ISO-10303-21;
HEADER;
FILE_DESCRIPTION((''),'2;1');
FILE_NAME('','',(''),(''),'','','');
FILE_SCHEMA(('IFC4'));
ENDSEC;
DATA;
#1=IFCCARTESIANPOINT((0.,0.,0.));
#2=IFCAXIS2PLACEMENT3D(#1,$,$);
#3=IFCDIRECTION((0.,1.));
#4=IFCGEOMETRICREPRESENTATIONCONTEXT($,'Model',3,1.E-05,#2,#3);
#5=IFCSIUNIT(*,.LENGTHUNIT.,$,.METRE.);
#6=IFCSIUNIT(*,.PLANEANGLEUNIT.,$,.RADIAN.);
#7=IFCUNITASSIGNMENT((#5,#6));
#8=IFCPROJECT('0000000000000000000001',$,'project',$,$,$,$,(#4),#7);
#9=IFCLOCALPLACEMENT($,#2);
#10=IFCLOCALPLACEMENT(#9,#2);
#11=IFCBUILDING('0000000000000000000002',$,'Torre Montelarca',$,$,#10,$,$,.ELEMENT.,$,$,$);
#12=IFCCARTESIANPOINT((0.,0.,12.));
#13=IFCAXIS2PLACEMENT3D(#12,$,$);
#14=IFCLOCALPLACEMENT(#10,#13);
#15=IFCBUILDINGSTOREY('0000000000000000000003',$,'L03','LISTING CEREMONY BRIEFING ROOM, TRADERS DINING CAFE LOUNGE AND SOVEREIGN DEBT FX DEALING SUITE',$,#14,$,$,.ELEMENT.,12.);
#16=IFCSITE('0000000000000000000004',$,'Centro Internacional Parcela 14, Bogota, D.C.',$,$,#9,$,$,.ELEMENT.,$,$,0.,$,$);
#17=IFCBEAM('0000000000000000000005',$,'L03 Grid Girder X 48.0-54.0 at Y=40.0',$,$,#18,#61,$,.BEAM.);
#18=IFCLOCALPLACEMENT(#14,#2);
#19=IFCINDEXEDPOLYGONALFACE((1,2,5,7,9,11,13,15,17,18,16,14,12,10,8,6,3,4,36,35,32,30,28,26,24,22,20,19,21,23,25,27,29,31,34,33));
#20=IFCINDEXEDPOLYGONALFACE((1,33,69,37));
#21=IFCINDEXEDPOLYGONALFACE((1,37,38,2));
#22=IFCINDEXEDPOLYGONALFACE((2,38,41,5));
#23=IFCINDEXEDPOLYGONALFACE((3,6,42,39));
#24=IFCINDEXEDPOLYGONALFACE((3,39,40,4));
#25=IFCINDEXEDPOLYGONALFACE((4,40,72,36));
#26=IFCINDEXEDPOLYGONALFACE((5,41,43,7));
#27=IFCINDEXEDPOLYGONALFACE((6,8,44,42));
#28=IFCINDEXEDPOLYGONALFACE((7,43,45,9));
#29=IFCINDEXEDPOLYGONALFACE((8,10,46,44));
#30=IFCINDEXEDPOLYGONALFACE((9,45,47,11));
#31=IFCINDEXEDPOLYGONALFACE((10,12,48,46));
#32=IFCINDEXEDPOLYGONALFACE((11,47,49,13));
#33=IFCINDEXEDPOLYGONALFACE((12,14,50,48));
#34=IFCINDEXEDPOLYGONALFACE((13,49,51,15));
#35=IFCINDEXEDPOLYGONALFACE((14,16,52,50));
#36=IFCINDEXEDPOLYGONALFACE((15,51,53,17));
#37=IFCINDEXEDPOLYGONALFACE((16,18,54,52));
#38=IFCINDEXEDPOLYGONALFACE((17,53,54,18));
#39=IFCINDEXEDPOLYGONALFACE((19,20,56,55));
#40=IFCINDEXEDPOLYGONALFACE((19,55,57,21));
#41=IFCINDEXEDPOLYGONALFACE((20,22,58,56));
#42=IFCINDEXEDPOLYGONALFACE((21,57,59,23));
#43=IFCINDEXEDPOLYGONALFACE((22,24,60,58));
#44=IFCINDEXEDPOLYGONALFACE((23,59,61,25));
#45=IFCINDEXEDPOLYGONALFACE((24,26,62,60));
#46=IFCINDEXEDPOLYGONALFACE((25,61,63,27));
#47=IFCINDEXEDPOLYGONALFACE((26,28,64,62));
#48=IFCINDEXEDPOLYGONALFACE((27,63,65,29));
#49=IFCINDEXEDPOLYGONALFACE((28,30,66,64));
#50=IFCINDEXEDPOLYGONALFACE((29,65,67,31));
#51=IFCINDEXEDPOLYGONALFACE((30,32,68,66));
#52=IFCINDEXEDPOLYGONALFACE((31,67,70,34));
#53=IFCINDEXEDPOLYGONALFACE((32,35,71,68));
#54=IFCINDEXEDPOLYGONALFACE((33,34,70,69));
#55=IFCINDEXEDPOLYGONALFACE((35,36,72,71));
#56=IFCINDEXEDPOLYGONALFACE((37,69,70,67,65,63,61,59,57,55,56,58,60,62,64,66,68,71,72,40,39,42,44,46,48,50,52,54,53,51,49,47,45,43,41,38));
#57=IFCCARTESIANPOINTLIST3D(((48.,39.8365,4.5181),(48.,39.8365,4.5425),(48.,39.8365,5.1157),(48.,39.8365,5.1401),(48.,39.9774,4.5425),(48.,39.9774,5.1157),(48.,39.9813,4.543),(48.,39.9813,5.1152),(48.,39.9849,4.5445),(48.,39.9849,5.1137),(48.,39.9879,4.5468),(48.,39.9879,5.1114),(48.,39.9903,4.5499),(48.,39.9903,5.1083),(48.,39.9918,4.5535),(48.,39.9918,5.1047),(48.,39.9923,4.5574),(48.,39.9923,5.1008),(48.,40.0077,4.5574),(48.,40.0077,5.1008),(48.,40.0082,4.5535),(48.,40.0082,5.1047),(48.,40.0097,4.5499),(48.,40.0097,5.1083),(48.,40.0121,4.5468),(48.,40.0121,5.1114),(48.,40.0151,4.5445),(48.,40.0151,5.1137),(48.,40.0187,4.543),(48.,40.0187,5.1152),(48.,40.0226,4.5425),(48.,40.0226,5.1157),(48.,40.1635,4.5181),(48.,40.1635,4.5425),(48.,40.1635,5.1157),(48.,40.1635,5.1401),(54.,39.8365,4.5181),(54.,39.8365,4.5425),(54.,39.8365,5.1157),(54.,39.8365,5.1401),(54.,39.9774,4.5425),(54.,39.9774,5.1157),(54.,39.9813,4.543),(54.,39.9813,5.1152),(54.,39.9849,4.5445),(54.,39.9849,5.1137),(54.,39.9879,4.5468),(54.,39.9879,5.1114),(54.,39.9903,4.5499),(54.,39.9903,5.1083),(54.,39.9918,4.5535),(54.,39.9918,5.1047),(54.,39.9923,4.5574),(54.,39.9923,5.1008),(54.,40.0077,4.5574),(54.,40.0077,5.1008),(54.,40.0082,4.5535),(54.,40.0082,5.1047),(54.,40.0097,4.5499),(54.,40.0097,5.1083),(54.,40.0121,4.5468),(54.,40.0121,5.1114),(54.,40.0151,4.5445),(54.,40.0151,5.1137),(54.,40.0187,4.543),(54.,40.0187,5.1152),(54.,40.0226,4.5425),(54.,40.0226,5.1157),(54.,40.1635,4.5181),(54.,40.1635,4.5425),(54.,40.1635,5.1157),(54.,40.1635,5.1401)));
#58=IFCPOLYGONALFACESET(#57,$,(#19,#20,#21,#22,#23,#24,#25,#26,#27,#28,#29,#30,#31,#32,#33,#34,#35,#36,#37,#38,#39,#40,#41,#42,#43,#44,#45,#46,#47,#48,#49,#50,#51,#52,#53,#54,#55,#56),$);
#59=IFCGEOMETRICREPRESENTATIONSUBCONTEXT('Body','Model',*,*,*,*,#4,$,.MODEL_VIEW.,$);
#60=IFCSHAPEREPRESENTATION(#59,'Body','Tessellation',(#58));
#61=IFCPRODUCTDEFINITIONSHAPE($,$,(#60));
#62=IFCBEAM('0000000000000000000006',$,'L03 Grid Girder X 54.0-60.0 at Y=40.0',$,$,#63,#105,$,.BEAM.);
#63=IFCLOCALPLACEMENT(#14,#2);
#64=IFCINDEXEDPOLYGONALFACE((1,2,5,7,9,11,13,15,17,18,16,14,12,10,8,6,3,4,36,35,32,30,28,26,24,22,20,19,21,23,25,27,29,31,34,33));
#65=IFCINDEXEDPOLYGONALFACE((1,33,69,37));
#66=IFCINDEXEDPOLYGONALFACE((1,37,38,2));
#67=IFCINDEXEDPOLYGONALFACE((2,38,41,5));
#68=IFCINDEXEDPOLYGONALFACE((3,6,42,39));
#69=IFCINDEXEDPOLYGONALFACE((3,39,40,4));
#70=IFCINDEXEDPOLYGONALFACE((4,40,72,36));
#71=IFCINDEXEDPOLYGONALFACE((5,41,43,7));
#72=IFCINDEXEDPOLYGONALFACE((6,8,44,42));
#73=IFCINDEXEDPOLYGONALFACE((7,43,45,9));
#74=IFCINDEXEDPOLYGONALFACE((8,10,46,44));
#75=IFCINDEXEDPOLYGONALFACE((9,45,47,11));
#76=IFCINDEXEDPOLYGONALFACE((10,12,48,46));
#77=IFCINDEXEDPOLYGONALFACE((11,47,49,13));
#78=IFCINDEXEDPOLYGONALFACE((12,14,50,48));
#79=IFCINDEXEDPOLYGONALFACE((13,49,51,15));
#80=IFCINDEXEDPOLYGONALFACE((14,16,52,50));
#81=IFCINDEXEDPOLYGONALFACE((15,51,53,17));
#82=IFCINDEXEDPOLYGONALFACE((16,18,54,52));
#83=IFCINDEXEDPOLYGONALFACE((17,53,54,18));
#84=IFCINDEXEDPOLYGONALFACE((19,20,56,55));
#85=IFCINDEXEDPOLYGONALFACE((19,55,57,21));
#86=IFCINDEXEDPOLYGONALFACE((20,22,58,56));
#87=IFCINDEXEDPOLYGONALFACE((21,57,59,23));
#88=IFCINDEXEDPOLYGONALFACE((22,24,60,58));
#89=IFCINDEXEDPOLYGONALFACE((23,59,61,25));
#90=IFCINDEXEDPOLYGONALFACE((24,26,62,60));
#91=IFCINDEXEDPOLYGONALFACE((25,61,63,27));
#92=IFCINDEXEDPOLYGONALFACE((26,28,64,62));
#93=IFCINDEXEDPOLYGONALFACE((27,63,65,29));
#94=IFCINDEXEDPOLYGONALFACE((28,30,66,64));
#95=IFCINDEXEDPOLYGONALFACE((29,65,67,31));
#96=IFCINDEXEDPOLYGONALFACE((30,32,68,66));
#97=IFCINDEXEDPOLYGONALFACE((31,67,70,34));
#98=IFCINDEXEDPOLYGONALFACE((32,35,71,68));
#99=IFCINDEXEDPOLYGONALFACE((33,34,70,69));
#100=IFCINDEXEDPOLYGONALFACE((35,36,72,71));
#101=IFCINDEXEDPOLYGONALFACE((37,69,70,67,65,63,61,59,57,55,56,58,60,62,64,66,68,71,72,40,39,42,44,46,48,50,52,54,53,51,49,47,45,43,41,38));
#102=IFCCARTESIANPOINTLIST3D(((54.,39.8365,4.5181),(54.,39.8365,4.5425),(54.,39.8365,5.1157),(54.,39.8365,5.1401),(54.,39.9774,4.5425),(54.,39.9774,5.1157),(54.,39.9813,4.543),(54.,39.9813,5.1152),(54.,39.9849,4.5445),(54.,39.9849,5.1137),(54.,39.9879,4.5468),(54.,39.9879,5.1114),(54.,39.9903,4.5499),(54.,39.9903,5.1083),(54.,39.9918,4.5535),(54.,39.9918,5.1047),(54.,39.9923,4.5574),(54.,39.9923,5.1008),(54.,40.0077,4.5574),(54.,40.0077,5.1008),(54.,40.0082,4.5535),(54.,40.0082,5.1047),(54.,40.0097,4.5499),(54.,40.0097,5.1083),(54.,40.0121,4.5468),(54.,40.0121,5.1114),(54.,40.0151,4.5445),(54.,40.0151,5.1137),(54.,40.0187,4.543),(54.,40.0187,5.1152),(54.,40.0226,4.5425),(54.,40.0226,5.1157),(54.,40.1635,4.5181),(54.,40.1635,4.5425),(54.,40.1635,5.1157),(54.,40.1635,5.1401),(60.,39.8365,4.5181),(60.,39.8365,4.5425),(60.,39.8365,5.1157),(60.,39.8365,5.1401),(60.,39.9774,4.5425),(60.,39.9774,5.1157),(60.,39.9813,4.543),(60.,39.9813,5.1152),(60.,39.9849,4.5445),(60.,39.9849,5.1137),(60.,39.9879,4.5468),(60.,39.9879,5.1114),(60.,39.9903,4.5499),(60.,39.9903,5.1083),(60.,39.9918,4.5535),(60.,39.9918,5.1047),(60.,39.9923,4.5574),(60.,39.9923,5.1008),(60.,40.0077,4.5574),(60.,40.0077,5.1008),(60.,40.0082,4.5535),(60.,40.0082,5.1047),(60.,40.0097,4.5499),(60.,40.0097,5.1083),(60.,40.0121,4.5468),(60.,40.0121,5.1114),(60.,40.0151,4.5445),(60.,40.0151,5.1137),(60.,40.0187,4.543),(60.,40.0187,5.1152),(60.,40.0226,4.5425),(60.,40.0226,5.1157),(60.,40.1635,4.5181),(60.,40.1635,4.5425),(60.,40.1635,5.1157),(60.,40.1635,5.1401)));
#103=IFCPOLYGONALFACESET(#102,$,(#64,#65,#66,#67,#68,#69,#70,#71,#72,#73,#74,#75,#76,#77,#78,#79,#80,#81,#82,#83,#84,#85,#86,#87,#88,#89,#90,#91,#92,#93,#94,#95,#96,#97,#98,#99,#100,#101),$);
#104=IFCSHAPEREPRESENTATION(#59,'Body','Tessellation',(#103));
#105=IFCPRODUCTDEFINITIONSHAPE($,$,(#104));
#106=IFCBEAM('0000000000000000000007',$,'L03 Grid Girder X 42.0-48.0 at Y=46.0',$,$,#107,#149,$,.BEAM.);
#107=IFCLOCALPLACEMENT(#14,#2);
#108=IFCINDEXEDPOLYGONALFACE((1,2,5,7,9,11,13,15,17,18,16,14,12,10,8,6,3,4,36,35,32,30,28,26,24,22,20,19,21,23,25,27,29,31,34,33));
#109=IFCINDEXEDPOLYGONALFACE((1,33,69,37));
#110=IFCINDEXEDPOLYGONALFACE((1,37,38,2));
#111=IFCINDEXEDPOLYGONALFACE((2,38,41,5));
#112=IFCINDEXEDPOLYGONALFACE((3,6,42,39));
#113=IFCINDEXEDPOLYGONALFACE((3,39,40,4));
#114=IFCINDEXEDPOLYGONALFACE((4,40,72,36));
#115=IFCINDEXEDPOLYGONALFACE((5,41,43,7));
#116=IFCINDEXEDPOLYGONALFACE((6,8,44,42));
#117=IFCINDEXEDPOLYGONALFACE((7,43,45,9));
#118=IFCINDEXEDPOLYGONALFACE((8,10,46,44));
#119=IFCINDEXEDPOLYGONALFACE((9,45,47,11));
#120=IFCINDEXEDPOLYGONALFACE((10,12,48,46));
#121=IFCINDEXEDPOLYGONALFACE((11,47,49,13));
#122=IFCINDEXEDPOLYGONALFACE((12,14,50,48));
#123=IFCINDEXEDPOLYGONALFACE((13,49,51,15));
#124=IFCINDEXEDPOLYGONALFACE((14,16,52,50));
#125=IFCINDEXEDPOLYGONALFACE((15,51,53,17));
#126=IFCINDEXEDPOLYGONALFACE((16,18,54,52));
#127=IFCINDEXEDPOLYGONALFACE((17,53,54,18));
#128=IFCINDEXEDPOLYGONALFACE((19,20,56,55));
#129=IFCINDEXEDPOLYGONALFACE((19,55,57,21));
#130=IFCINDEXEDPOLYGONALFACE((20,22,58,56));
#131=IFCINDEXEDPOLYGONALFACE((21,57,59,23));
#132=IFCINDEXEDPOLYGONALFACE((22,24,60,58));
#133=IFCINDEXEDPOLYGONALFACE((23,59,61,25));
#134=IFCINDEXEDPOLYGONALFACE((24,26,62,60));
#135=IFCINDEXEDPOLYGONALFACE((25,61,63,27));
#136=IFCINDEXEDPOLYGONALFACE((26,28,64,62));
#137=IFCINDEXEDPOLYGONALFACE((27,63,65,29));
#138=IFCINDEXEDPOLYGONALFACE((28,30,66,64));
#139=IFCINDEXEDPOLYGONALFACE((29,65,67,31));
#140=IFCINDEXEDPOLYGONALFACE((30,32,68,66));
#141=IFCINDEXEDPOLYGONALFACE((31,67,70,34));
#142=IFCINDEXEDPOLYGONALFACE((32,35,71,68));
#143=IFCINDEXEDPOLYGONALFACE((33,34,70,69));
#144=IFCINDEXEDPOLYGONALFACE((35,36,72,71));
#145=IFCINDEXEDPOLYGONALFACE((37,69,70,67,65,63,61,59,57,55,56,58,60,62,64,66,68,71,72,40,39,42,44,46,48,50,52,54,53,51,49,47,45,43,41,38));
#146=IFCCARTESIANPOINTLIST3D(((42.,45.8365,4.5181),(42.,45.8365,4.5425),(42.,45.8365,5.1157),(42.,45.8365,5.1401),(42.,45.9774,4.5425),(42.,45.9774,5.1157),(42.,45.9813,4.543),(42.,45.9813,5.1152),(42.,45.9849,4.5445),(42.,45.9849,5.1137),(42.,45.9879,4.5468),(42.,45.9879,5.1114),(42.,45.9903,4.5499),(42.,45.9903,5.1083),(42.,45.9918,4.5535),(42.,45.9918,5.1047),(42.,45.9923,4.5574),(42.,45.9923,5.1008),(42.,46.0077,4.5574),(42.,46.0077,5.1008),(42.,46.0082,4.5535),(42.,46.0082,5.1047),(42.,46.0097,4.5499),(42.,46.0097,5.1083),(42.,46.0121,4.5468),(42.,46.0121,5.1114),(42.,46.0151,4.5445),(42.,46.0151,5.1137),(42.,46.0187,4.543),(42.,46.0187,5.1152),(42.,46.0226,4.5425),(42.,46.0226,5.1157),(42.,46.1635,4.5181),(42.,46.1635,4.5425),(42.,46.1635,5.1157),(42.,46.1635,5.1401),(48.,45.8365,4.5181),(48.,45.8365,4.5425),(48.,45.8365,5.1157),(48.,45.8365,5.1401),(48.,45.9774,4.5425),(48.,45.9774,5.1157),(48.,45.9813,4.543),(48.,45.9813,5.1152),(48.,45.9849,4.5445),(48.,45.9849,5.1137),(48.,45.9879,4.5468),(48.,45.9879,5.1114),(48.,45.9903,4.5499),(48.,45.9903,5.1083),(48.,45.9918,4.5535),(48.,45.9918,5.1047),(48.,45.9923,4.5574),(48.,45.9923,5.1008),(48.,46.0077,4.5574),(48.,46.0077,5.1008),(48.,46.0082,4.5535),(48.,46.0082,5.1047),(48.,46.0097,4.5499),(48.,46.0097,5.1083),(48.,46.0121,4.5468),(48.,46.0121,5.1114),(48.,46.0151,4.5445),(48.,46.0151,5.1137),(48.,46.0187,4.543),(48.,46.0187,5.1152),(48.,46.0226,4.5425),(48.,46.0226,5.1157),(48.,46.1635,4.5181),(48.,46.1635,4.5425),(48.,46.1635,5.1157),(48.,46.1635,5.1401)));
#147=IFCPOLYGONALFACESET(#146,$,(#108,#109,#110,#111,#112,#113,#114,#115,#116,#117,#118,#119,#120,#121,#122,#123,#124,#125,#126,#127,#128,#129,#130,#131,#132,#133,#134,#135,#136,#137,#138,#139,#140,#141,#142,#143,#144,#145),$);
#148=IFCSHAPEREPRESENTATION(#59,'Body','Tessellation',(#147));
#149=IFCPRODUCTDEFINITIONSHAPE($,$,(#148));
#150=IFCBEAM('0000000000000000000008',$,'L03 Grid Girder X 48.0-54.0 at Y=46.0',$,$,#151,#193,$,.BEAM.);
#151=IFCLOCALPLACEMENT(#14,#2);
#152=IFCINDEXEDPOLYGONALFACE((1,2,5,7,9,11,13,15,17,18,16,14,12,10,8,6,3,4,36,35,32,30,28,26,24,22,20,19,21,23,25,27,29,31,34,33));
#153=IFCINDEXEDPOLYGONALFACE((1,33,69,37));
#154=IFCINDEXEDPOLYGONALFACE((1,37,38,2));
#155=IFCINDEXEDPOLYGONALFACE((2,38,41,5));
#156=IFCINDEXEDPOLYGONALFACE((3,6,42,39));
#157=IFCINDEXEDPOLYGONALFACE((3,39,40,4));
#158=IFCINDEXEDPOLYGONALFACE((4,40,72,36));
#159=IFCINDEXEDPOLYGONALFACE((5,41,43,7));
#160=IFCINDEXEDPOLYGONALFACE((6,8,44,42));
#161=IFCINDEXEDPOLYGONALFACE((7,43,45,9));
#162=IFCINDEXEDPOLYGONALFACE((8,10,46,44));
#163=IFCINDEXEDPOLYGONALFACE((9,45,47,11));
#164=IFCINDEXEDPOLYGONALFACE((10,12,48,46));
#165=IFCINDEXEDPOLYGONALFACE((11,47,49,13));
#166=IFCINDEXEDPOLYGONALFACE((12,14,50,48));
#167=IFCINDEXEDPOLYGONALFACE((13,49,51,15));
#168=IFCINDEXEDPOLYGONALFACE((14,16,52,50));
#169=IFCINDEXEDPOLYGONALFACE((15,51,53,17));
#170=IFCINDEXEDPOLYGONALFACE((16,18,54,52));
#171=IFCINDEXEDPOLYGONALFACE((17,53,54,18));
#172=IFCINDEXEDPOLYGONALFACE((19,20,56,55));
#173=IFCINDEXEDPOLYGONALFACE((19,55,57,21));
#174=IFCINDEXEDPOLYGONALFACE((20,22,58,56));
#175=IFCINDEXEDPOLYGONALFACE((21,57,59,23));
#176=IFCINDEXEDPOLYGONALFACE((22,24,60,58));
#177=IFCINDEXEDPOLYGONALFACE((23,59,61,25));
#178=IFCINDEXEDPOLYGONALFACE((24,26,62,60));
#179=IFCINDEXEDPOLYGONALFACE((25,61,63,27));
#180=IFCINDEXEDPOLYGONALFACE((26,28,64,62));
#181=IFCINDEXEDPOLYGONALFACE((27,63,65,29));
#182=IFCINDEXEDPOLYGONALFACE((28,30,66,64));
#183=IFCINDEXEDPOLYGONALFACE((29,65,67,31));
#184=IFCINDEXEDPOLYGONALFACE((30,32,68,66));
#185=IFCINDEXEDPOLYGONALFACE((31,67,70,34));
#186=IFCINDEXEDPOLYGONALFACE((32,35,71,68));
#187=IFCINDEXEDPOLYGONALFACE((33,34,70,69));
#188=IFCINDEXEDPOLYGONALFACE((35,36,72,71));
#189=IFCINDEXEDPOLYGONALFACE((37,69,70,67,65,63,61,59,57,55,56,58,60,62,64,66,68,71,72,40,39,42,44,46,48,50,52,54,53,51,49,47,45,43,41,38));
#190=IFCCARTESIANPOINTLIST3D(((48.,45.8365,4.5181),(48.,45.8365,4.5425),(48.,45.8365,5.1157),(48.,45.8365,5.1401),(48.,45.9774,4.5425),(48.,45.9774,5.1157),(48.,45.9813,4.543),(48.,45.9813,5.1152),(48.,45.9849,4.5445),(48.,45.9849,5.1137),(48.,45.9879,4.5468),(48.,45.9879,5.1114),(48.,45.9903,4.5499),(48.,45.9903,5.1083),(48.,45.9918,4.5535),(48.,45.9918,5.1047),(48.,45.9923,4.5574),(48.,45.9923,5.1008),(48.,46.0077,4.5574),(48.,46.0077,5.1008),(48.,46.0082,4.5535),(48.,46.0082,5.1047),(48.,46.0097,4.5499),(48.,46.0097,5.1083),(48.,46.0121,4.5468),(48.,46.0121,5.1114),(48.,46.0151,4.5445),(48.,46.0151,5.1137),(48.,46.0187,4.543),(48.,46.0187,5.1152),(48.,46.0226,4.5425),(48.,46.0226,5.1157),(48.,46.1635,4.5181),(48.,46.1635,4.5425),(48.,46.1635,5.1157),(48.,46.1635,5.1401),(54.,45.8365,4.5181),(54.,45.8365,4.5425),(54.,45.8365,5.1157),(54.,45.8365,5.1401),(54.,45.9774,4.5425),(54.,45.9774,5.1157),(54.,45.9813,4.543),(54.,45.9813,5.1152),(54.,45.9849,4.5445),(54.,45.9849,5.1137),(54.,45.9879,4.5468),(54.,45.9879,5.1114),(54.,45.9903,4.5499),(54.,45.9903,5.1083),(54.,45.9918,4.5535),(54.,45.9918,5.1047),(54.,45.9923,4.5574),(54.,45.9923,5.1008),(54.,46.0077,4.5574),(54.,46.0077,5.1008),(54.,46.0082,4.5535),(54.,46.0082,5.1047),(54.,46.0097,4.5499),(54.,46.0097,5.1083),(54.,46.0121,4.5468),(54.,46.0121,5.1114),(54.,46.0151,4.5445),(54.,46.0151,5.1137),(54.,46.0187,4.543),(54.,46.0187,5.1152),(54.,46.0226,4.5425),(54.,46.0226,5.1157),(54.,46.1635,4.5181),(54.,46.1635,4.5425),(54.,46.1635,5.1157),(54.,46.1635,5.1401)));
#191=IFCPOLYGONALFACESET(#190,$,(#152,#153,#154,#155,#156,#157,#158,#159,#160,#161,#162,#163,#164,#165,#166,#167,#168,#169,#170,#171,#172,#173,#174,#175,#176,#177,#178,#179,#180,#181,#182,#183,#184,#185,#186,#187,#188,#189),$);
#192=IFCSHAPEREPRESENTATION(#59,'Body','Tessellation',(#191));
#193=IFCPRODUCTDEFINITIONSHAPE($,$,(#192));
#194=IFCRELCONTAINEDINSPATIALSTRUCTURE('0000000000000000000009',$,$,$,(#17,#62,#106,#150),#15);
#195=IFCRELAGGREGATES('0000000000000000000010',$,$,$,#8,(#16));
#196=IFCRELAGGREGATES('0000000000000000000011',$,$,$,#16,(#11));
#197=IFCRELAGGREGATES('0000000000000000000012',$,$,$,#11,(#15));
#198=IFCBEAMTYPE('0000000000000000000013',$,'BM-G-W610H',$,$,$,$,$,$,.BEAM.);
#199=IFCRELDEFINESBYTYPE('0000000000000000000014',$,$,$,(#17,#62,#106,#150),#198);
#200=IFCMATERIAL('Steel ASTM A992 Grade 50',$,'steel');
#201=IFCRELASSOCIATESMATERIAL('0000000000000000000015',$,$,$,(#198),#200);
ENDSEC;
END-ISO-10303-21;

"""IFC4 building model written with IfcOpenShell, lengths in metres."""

from ifc_helpers import new_model, si_unit, direction, frame, origin, origin_2d, place, context, subcontext, project, spatial, i_section, extrude, source, transform, mapped, material, material_profile, profile_set, type_object, element, save


model = new_model("IFC4")

# Units and contexts
model_context = context("Model", 3, precision=1e-05, world=origin(), true_north=direction((0.0, 1.0)))
body_context = subcontext(model_context, "Body", "Model", "MODEL_VIEW")
ifc_project = project(units=[si_unit("LENGTHUNIT", "METRE"), si_unit("PLANEANGLEUNIT", "RADIAN")], contexts=[model_context])

# Site, building, storey
site_placement = place(None, origin())
site = spatial("IfcSite", under=ifc_project, at=site_placement, Name="Centro Internacional Parcela 14, Bogota, D.C.", CompositionType="ELEMENT", RefElevation=0.0)
building_placement = place(site_placement, origin())
building = spatial("IfcBuilding", under=site, at=building_placement, Name="Torre Montelarca", CompositionType="ELEMENT")
storey_placement = place(building_placement, frame((0.0, 0.0, 12.0)))
storey = spatial("IfcBuildingStorey", under=building, at=storey_placement, Name="L03", Description="LISTING CEREMONY BRIEFING ROOM, TRADERS DINING CAFE LOUNGE AND SOVEREIGN DEBT FX DEALING SUITE", CompositionType="ELEMENT", Elevation=12.0)

# Shared definitions
ifc_material_1 = material(Name="Steel ASTM A992 Grade 50", Category="steel")

# Beams
ifc_material_profile_1 = material_profile(ifc_material_1, i_section(OverallWidth=0.3269, OverallDepth=0.6221, WebThickness=0.0154, FlangeThickness=0.0244, FilletRadius=0.0149, at=origin_2d()), Name="W610X195", Category="steel")
ifc_profile_set_1 = profile_set([ifc_material_profile_1], Name="Steel ASTM A992 Grade 50")
beam_type_1 = type_object("IfcBeamType", Name="BM-G-W610H", PredefinedType="BEAM", material=ifc_profile_set_1)
shared_shape_1 = source(origin(), body_context, "Body", "SweptSolid", [
    extrude(i_section(OverallWidth=0.3269, OverallDepth=0.6221, WebThickness=0.0154, FlangeThickness=0.0244, FilletRadius=0.0149, at=origin_2d()), origin(), (0.0, 0.0, 1.0), 6.0),
])
for number, where, z_axis, x_axis, name in (
    (1, (48.0, 40.0, 4.8291), (1.0, 0.0, 0.0), (0.0, 1.0, 0.0), "L03 Grid Girder X 48.0-54.0 at Y=40.0"),
    (2, (54.0, 40.0, 4.8291), (1.0, 0.0, 0.0), (0.0, 1.0, 0.0), "L03 Grid Girder X 54.0-60.0 at Y=40.0"),
    (3, (42.0, 46.0, 4.8291), (1.0, 0.0, 0.0), (0.0, 1.0, 0.0), "L03 Grid Girder X 42.0-48.0 at Y=46.0"),
    (4, (48.0, 46.0, 4.8291), (1.0, 0.0, 0.0), (0.0, 1.0, 0.0), "L03 Grid Girder X 48.0-54.0 at Y=46.0"),
):
    element("IfcBeam", number, at=place(storey_placement, frame(where, z_axis=z_axis, x_axis=x_axis)), inside=storey, type_object=beam_type_1, Name=name, PredefinedType="BEAM", context=body_context, shape_type="MappedRepresentation", body=[
        mapped(shared_shape_1, transform((0.0, 0.0, 0.0), scale=1.0)),
    ])

save(model, "model.ifc")
